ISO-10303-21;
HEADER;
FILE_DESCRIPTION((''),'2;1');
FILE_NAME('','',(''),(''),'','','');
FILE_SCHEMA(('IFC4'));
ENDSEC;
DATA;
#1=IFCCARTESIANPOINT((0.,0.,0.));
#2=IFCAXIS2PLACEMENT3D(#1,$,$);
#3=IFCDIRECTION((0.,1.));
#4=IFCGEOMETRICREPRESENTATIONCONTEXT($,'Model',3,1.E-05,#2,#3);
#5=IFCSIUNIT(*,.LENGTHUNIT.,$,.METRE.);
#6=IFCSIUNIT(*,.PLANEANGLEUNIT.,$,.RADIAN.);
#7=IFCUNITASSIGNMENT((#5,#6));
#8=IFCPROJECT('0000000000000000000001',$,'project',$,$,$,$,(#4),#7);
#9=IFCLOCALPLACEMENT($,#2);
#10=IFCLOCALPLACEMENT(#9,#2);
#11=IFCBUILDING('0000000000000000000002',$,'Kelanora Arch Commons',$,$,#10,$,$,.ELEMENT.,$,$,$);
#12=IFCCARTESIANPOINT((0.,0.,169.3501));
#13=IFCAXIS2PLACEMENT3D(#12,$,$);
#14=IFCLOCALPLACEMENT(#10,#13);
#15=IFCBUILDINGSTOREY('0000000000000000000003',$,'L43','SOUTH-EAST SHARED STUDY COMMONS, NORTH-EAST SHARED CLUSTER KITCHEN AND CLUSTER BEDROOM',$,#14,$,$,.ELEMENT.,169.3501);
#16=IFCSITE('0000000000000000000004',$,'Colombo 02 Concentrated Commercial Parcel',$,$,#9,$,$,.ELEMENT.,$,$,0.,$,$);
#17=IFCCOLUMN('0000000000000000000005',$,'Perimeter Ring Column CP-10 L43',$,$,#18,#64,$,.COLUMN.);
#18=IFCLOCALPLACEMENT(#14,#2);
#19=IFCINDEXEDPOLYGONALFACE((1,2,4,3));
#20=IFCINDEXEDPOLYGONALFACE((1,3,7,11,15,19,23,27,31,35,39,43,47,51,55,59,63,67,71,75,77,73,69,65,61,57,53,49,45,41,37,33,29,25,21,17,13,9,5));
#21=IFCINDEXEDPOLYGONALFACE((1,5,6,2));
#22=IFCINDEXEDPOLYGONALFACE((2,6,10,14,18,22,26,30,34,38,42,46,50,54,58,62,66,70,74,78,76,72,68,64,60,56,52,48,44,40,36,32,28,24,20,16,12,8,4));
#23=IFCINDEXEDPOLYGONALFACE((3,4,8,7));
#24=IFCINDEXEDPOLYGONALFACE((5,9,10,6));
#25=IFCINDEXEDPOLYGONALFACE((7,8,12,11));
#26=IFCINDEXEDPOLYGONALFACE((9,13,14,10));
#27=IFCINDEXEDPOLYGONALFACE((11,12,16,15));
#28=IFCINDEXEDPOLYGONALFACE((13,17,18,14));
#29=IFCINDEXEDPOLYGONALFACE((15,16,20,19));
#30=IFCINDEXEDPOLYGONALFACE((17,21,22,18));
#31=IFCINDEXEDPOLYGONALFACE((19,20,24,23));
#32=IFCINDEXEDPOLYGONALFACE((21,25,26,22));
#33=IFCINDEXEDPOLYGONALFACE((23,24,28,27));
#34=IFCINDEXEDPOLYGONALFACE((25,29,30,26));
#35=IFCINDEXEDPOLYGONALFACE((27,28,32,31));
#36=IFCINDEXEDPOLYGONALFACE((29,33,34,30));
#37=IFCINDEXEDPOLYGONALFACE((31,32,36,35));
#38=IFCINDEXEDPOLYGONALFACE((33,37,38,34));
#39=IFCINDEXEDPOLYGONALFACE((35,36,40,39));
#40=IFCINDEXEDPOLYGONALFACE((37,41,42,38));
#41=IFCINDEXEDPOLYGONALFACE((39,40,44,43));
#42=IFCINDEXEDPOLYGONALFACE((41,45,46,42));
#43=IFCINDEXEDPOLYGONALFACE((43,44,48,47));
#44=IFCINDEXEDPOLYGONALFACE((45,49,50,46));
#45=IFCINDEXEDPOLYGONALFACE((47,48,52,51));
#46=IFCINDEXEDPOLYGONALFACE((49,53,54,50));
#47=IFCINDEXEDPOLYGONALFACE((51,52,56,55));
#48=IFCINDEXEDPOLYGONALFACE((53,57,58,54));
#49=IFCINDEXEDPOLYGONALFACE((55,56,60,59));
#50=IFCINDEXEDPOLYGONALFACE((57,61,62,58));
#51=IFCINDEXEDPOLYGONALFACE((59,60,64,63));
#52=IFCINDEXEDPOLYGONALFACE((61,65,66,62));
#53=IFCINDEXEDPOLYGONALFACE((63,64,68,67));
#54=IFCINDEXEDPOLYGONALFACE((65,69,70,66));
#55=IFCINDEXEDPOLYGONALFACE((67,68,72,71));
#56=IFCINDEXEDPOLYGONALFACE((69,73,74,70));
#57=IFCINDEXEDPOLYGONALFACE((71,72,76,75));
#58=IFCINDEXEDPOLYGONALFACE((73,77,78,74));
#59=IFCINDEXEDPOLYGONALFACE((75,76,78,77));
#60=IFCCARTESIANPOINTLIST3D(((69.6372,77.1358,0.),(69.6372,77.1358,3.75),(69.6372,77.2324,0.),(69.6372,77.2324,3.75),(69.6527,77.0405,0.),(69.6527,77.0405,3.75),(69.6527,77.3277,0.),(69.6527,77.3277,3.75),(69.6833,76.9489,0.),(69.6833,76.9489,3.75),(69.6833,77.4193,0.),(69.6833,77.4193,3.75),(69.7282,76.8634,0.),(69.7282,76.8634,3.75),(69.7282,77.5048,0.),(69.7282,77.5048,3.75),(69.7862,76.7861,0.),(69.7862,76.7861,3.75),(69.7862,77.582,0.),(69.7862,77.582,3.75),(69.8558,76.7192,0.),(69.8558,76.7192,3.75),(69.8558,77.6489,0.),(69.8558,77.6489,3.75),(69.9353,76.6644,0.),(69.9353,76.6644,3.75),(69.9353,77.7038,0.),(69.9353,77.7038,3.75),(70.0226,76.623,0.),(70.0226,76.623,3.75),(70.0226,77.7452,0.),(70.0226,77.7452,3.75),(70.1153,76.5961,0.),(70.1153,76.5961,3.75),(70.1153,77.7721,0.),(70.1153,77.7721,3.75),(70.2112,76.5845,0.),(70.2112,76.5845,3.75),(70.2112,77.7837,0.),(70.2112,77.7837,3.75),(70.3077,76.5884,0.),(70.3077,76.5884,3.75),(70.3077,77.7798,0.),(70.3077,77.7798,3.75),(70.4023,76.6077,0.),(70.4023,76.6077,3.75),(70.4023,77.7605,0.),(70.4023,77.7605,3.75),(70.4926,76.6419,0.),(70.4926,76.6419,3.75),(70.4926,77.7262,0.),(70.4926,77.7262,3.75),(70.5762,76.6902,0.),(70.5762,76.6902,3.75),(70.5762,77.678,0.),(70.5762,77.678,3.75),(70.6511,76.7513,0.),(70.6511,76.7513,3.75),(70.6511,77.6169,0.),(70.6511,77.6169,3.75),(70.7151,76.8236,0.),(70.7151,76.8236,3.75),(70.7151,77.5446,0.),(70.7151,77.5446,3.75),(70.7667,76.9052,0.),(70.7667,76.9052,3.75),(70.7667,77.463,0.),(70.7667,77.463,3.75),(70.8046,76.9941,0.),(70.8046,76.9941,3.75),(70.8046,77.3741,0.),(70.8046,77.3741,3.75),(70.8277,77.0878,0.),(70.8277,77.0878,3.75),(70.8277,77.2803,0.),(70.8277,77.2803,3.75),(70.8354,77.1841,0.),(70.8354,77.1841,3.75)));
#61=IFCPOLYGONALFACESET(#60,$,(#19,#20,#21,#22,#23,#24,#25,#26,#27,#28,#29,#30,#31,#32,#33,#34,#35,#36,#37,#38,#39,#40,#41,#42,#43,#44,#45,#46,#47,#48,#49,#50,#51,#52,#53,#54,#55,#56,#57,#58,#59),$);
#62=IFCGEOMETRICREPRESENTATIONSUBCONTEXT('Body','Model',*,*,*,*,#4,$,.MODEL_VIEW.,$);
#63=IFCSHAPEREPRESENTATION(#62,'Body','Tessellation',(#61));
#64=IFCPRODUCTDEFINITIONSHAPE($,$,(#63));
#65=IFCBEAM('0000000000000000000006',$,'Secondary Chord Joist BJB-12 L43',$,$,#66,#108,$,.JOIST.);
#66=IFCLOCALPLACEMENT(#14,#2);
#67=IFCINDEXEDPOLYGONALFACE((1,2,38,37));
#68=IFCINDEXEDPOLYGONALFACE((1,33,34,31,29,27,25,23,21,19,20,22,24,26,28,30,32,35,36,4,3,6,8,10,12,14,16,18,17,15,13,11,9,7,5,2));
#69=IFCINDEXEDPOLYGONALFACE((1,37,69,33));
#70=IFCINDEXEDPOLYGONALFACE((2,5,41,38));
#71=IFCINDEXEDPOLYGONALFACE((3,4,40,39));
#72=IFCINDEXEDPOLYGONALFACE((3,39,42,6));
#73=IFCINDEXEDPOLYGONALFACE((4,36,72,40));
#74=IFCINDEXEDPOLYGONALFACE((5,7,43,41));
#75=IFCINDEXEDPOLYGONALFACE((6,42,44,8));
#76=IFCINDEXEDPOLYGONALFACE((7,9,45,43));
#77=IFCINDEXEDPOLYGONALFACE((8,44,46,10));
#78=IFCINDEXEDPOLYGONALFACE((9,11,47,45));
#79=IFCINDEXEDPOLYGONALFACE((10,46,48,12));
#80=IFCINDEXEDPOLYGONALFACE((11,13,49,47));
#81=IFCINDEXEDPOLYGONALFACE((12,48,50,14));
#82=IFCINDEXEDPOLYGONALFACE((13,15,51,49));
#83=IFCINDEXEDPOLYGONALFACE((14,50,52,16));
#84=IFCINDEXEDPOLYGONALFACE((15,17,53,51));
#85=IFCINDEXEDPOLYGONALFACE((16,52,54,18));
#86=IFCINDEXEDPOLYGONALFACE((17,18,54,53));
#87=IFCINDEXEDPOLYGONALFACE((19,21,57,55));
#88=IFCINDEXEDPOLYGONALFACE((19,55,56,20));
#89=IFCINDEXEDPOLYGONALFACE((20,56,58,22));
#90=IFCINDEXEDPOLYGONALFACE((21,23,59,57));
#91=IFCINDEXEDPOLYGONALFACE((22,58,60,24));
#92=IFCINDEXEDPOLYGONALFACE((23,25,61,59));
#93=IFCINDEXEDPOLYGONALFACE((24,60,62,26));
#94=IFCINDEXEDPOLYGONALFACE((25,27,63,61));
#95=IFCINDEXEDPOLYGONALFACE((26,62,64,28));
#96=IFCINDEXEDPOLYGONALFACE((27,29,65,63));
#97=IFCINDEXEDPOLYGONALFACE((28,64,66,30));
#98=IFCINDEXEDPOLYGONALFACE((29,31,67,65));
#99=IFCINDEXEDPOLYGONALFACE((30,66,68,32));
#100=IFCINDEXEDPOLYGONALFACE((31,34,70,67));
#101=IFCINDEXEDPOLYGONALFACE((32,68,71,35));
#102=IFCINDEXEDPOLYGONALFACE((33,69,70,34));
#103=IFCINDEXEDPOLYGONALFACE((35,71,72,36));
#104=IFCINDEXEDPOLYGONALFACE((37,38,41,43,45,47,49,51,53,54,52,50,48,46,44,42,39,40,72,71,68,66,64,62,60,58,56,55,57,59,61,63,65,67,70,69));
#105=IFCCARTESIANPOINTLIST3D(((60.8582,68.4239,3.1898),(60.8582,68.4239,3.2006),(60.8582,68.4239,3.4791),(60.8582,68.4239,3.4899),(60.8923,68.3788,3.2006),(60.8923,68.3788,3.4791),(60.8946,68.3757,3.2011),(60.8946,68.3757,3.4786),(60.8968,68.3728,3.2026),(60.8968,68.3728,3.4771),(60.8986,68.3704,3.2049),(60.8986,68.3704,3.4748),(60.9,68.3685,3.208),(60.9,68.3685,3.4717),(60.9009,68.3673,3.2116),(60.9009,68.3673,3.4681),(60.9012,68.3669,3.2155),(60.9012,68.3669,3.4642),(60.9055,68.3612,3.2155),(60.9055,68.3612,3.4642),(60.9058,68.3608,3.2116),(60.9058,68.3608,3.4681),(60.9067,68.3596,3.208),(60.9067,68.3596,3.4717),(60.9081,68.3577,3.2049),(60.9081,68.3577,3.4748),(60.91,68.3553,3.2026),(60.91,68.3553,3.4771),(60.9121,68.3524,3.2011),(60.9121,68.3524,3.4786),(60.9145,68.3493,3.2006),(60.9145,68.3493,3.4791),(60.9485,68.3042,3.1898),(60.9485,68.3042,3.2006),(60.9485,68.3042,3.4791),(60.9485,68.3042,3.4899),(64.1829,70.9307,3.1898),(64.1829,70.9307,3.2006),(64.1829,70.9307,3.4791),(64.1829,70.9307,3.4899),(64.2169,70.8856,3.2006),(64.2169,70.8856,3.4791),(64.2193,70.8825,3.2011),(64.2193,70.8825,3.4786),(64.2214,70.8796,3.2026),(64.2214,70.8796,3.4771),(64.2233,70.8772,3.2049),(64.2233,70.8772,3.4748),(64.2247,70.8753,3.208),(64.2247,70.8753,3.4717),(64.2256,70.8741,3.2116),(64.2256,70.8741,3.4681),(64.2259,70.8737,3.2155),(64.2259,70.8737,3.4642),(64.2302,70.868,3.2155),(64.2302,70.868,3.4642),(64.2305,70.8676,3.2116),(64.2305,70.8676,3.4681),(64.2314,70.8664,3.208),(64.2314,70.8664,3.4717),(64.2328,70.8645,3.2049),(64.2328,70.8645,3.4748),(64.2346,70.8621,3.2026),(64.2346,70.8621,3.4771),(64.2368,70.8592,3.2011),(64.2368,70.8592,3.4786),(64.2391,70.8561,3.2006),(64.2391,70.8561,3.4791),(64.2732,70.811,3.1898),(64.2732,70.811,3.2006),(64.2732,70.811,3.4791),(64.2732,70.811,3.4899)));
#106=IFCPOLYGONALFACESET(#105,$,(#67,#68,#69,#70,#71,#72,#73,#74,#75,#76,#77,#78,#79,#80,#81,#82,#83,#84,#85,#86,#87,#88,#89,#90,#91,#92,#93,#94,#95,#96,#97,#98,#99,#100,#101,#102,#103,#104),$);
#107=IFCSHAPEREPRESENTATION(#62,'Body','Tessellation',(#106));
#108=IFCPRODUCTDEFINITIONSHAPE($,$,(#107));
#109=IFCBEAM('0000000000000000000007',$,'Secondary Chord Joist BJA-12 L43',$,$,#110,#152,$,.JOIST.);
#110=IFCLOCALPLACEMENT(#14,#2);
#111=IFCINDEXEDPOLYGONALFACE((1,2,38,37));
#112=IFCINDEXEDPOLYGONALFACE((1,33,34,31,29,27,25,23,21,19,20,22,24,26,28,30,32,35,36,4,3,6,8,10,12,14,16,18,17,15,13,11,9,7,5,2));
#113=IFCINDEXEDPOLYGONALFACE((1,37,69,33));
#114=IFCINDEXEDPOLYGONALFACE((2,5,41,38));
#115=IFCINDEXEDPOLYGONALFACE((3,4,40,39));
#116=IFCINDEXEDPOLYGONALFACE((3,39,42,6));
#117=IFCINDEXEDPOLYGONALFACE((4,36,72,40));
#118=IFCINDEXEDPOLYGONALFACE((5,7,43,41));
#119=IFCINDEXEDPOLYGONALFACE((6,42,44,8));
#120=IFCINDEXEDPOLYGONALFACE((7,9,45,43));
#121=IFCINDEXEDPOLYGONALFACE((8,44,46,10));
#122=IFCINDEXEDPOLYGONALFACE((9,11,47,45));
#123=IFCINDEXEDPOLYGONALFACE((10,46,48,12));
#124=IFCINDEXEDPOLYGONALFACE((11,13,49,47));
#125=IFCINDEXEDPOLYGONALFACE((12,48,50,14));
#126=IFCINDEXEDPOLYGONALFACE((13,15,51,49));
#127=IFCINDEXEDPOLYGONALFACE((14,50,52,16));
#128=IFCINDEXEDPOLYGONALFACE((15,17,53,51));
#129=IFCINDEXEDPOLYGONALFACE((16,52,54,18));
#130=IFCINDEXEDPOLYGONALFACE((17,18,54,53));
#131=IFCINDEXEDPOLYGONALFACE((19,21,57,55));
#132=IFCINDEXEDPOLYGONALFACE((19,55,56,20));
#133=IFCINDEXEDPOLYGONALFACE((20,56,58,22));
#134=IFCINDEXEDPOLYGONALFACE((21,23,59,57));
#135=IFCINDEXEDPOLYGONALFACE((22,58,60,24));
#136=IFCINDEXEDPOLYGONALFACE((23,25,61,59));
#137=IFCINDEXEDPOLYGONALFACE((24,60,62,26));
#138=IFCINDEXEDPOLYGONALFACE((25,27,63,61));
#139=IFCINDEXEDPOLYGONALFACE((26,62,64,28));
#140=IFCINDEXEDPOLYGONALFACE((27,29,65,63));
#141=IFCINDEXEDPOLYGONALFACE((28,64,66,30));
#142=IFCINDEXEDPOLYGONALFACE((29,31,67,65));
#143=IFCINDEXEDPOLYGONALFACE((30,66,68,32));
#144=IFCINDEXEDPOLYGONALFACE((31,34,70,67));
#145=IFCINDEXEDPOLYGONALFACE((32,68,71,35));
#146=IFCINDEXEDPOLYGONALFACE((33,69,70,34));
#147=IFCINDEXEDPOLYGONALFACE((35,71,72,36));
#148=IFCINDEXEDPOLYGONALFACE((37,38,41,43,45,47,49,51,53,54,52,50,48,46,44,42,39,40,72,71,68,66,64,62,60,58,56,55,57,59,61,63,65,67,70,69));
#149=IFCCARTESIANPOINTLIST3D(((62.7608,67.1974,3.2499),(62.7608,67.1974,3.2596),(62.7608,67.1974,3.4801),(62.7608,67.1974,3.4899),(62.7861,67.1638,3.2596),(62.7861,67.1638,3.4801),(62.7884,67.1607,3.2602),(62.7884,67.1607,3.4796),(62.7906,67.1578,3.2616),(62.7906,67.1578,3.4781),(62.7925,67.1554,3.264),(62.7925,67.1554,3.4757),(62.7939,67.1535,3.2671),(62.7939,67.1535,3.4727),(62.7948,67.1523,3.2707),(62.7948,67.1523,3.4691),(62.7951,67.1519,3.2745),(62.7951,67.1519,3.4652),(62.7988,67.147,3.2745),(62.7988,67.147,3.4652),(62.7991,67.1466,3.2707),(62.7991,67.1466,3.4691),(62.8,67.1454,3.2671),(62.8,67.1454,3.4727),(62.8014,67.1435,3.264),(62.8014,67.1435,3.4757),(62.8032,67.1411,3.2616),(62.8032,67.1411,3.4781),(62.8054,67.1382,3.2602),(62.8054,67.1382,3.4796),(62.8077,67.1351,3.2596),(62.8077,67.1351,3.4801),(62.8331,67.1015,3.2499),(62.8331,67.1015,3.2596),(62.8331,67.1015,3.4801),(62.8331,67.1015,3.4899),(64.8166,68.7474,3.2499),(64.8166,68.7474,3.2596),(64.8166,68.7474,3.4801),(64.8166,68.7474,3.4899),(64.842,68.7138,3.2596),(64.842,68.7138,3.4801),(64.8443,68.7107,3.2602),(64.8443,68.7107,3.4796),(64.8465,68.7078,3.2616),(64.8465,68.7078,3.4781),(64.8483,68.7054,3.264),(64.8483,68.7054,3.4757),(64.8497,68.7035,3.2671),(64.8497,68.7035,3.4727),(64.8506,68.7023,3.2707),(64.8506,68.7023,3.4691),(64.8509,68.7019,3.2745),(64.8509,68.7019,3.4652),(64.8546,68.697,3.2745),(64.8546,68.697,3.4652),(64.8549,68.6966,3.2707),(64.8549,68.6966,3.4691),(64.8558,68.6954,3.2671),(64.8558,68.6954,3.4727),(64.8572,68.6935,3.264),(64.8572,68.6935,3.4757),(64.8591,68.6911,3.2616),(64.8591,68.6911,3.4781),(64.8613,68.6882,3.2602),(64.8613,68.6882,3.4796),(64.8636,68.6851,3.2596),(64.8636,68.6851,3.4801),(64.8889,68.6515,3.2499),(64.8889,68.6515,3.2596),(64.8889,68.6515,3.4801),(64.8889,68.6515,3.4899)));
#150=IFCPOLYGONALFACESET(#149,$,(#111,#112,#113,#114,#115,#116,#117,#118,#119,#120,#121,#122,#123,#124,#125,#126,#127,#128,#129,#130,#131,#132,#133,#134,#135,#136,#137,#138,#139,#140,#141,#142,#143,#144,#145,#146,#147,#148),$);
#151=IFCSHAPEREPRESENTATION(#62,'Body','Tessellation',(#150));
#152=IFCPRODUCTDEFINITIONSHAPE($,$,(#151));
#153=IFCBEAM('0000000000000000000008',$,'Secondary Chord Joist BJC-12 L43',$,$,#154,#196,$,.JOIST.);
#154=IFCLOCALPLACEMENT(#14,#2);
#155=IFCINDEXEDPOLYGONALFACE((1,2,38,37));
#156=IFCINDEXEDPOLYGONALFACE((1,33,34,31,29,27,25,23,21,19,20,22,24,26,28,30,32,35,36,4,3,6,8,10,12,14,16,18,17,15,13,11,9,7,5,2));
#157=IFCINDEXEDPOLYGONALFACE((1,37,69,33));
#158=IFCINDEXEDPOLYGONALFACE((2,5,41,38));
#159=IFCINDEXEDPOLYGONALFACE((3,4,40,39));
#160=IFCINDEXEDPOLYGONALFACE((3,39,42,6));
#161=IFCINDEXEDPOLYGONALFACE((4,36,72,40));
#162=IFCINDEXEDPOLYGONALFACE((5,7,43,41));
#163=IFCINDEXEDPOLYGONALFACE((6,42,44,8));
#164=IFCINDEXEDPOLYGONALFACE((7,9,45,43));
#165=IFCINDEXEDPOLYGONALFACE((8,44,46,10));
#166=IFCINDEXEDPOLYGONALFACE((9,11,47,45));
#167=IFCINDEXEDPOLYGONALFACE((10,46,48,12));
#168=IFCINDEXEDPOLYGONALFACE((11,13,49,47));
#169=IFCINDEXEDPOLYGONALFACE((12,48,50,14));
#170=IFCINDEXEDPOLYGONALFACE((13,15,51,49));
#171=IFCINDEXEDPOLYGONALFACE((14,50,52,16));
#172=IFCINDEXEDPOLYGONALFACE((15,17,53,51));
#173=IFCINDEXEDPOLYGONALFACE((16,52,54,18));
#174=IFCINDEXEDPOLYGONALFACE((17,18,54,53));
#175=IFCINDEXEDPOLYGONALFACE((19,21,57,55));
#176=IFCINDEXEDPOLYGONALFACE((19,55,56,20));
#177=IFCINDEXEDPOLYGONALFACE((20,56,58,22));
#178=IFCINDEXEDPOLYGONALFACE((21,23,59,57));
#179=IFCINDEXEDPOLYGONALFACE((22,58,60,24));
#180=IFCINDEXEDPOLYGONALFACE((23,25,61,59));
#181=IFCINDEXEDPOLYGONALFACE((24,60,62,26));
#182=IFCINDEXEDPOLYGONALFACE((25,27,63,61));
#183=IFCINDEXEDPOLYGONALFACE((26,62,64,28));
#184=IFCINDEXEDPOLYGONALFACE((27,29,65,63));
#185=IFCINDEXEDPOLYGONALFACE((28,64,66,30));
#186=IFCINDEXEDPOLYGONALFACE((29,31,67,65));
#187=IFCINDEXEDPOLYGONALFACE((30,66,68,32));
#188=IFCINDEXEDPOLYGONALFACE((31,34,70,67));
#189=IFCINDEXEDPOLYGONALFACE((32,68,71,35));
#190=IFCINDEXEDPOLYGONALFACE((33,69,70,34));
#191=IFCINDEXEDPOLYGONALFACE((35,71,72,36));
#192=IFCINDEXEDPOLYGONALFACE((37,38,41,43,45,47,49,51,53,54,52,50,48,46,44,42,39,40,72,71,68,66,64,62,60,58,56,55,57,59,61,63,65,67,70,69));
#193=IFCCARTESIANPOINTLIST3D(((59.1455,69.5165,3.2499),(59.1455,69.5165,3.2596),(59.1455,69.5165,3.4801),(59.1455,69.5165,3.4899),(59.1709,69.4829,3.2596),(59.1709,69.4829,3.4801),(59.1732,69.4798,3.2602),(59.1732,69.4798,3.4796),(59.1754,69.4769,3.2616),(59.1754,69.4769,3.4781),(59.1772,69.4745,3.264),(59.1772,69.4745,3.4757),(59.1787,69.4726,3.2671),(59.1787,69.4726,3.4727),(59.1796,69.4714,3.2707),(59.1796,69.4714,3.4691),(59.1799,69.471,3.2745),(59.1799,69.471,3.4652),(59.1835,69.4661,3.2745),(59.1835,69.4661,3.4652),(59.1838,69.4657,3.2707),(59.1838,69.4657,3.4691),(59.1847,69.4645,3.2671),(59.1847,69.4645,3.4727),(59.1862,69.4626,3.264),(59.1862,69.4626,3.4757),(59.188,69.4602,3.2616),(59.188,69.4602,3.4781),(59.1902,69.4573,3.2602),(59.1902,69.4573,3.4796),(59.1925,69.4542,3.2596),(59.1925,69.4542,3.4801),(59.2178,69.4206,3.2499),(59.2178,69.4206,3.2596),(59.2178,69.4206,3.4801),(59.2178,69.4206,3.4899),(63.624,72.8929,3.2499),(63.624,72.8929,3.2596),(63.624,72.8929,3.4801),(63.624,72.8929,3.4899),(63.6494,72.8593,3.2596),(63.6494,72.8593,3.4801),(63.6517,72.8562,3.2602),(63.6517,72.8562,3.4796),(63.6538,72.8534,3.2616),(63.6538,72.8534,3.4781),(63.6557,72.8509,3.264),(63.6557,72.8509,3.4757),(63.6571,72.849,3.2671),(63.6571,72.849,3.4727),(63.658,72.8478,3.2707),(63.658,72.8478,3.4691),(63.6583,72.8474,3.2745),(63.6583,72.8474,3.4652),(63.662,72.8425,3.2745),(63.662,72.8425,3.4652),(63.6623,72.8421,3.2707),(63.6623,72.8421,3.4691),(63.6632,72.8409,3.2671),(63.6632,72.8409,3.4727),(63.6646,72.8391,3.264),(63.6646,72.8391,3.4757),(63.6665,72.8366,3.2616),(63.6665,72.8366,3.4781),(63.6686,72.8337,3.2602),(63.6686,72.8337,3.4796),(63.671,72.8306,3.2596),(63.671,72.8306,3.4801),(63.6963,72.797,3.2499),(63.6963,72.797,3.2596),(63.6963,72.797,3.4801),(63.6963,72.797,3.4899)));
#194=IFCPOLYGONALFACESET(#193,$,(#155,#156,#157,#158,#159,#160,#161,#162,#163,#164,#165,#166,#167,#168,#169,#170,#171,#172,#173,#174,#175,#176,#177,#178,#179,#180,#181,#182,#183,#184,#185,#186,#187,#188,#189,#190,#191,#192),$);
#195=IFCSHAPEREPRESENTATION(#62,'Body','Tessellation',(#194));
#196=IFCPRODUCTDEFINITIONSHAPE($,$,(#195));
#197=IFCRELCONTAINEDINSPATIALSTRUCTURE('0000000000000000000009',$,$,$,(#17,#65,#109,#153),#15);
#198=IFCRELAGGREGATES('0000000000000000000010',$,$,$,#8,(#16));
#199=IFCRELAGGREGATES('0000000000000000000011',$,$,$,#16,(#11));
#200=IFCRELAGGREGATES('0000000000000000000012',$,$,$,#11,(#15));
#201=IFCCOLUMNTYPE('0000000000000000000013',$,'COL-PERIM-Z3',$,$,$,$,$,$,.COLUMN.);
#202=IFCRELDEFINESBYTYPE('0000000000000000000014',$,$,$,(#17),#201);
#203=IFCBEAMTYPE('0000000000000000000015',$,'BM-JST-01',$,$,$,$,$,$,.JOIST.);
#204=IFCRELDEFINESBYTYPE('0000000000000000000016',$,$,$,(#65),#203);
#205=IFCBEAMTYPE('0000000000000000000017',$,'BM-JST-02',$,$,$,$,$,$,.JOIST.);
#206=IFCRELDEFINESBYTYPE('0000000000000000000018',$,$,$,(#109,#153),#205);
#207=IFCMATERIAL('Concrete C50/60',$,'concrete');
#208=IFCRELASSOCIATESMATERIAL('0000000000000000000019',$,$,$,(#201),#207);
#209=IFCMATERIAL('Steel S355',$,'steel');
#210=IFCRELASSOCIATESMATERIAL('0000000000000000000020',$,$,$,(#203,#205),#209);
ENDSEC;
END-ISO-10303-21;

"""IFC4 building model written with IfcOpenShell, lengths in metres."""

from ifc_helpers import new_model, si_unit, direction, frame, origin, origin_2d, place, context, subcontext, project, spatial, circle, i_section, extrude, material, material_profile, profile_set, type_object, element, save


model = new_model("IFC4")

# Units and contexts
model_context = context("Model", 3, precision=1e-05, world=origin(), true_north=direction((0.0, 1.0)))
body_context = subcontext(model_context, "Body", "Model", "MODEL_VIEW")
ifc_project = project(units=[si_unit("LENGTHUNIT", "METRE"), si_unit("PLANEANGLEUNIT", "RADIAN")], contexts=[model_context])

# Site, building, storey
site_placement = place(None, origin())
site = spatial("IfcSite", under=ifc_project, at=site_placement, Name="Colombo 02 Concentrated Commercial Parcel", CompositionType="ELEMENT", RefElevation=0.0)
building_placement = place(site_placement, origin())
building = spatial("IfcBuilding", under=site, at=building_placement, Name="Kelanora Arch Commons", CompositionType="ELEMENT")
storey_placement = place(building_placement, frame((0.0, 0.0, 169.3501)))
storey = spatial("IfcBuildingStorey", under=building, at=storey_placement, Name="L43", Description="SOUTH-EAST SHARED STUDY COMMONS, NORTH-EAST SHARED CLUSTER KITCHEN AND CLUSTER BEDROOM", CompositionType="ELEMENT", Elevation=169.3501)

# Column
ifc_material_1 = material(Name="Concrete C50/60", Category="concrete")
ifc_material_profile_1 = material_profile(ifc_material_1, circle(Radius=0.6001, at=origin_2d()), Name="RCC1200")
ifc_profile_set_1 = profile_set([ifc_material_profile_1], Name="Concrete C50/60")
column_type = type_object("IfcColumnType", Name="COL-PERIM-Z3", PredefinedType="COLUMN", material=ifc_profile_set_1)
column_placement = place(storey_placement, frame((70.2354, 77.1841, 0.0), z_axis=(0.0, 0.0, 1.0), x_axis=(1.0, 0.0, 0.0)))
element("IfcColumn", 1, at=column_placement, inside=storey, type_object=column_type, Name="Perimeter Ring Column CP-10 L43", PredefinedType="COLUMN", context=body_context, shape_type="SweptSolid", body=[
    extrude(circle(Radius=0.6001, at=origin_2d()), origin(), (0.0, 0.0, 1.0), 3.75),
])

# Beams
ifc_material_2 = material(Name="Steel S355", Category="steel")
ifc_material_profile_2 = material_profile(ifc_material_2, i_section(OverallWidth=0.1499, OverallDepth=0.3, WebThickness=0.0071, FlangeThickness=0.0107, FilletRadius=0.0149, at=origin_2d()), Name="IPE300")
ifc_profile_set_2 = profile_set([ifc_material_profile_2], Name="Steel S355")
beam_type_1 = type_object("IfcBeamType", Name="BM-JST-01", PredefinedType="JOIST", material=ifc_profile_set_2)
beam_1_placement = place(storey_placement, frame((64.228, 70.8708, 3.3398), z_axis=(-0.798464, -0.602043, 0.0), x_axis=(0.602043, -0.798464, 0.0)))
element("IfcBeam", 2, at=beam_1_placement, inside=storey, type_object=beam_type_1, Name="Secondary Chord Joist BJB-12 L43", PredefinedType="JOIST", context=body_context, shape_type="SweptSolid", body=[
    extrude(i_section(OverallWidth=0.1499, OverallDepth=0.3, WebThickness=0.0071, FlangeThickness=0.0107, FilletRadius=0.0149, at=origin_2d()), origin(), (0.0, 0.0, 1.0), 4.1638),
])
ifc_material_profile_3 = material_profile(ifc_material_2, i_section(OverallWidth=0.1201, OverallDepth=0.24, WebThickness=0.0061, FlangeThickness=0.0098, FilletRadius=0.0149, at=origin_2d()), Name="IPE240")
ifc_profile_set_3 = profile_set([ifc_material_profile_3], Name="Steel S355")
beam_type_2 = type_object("IfcBeamType", Name="BM-JST-02", PredefinedType="JOIST", material=ifc_profile_set_3)
beam_2_placement = place(storey_placement, frame((64.8528, 68.6995, 3.3699), z_axis=(-0.798484, -0.602016, 0.0), x_axis=(0.602016, -0.798484, 0.0)))
element("IfcBeam", 3, at=beam_2_placement, inside=storey, type_object=beam_type_2, Name="Secondary Chord Joist BJA-12 L43", PredefinedType="JOIST", context=body_context, shape_type="SweptSolid", body=[
    extrude(i_section(OverallWidth=0.1201, OverallDepth=0.24, WebThickness=0.0061, FlangeThickness=0.0098, FilletRadius=0.0149, at=origin_2d()), origin(), (0.0, 0.0, 1.0), 2.5747),
])
beam_3_placement = place(storey_placement, frame((63.6602, 72.845, 3.3699), z_axis=(-0.798493, -0.602004, 0.0), x_axis=(0.602004, -0.798493, 0.0)))
element("IfcBeam", 4, at=beam_3_placement, inside=storey, type_object=beam_type_2, Name="Secondary Chord Joist BJC-12 L43", PredefinedType="JOIST", context=body_context, shape_type="SweptSolid", body=[
    extrude(i_section(OverallWidth=0.1201, OverallDepth=0.24, WebThickness=0.0061, FlangeThickness=0.0098, FilletRadius=0.0149, at=origin_2d()), origin(), (0.0, 0.0, 1.0), 5.6086),
])

save(model, "model.ifc")
